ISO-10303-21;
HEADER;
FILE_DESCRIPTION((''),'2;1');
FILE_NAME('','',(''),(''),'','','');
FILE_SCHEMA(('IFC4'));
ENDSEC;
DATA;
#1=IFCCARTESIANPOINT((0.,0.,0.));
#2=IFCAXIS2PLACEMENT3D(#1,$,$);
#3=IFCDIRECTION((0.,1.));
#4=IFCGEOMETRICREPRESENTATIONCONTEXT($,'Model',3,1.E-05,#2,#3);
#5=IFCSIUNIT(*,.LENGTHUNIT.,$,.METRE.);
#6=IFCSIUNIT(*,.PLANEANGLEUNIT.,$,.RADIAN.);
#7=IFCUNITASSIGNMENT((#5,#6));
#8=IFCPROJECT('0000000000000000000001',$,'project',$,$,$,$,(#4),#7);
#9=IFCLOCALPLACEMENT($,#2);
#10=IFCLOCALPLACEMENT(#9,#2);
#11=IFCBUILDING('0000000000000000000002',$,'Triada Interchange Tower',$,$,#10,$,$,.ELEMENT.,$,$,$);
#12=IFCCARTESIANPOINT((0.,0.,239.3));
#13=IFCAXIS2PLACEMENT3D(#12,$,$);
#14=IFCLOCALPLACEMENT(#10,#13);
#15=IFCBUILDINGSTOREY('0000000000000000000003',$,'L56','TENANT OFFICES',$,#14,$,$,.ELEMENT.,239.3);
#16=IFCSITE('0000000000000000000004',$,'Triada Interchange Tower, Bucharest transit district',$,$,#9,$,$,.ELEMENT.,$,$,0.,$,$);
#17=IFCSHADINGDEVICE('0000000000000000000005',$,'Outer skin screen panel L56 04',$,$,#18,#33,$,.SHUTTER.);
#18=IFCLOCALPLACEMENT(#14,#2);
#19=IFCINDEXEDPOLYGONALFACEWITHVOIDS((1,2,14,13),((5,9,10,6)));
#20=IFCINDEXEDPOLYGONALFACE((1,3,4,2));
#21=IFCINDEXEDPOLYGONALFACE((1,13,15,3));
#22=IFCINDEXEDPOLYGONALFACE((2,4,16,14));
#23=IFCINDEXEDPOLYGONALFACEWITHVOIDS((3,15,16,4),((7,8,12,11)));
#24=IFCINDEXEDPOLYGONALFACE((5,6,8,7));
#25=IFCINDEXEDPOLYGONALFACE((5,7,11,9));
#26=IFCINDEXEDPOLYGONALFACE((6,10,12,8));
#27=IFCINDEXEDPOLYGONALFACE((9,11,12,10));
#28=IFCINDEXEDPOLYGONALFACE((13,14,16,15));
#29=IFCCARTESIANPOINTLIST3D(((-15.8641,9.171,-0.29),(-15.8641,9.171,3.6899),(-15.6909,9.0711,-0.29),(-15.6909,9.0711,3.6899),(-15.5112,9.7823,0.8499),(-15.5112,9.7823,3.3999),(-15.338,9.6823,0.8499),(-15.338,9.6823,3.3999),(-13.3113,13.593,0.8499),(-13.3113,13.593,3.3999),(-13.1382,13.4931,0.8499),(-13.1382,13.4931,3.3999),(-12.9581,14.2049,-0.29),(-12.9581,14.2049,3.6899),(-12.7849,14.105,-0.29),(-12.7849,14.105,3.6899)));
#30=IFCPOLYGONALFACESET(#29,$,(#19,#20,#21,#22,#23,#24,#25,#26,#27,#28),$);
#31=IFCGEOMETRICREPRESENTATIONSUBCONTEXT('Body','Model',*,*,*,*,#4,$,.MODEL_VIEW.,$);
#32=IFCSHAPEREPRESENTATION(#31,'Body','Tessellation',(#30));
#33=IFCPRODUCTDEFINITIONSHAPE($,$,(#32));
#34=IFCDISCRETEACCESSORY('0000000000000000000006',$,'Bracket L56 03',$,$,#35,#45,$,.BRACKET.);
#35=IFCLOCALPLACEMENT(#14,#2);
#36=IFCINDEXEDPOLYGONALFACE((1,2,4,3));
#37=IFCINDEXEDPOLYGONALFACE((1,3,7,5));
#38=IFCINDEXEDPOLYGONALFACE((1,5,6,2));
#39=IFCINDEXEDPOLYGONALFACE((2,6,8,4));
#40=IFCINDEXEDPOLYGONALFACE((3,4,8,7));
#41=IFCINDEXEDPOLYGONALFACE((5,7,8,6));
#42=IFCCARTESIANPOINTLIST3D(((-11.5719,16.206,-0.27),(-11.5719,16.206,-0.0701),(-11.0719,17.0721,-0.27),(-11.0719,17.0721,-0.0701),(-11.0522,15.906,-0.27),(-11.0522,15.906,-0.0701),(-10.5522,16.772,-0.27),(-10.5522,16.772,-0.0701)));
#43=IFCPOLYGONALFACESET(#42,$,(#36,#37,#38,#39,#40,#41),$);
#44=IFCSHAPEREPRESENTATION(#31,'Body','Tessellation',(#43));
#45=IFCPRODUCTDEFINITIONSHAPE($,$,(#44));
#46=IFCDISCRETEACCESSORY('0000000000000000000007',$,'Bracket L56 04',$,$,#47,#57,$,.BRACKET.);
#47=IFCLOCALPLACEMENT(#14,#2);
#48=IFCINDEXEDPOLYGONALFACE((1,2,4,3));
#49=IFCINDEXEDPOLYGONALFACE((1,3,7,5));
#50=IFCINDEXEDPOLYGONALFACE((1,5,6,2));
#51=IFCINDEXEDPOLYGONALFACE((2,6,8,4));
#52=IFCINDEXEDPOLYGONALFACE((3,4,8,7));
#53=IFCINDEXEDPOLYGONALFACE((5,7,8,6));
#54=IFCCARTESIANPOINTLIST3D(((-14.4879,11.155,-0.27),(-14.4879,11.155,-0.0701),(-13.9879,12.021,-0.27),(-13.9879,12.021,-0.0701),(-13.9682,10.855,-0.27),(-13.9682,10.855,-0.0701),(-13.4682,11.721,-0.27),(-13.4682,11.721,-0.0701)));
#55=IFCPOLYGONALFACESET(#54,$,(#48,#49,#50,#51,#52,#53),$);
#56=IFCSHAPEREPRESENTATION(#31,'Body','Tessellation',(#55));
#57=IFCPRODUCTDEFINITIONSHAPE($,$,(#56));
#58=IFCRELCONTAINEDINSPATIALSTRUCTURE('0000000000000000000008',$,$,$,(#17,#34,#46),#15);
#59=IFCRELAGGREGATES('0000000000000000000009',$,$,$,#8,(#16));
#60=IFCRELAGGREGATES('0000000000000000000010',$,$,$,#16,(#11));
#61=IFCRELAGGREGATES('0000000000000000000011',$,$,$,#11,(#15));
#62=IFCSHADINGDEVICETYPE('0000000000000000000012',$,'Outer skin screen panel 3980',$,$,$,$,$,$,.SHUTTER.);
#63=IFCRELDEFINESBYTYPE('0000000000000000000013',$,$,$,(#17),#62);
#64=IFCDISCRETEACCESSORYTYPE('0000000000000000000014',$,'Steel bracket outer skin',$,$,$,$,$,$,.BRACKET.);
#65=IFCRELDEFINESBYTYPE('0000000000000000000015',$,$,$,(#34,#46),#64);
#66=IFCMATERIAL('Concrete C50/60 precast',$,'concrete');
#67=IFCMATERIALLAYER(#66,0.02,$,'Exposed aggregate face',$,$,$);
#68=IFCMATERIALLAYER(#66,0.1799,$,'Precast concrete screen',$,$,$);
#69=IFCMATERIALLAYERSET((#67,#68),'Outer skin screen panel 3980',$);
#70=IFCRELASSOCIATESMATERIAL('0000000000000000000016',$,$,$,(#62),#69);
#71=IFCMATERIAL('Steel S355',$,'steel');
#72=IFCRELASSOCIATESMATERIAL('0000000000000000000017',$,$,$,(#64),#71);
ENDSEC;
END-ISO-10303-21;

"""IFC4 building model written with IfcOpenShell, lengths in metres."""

from ifc_helpers import new_model, si_unit, direction, frame, origin, origin_2d, place, context, subcontext, project, spatial, polyline, rectangle, outline, extrude, material, layer, layer_set, type_object, element, save


model = new_model("IFC4")

# Units and contexts
model_context = context("Model", 3, precision=1e-05, world=origin(), true_north=direction((0.0, 1.0)))
body_context = subcontext(model_context, "Body", "Model", "MODEL_VIEW")
ifc_project = project(units=[si_unit("LENGTHUNIT", "METRE"), si_unit("PLANEANGLEUNIT", "RADIAN")], contexts=[model_context])

# Site, building, storey
site_placement = place(None, origin())
site = spatial("IfcSite", under=ifc_project, at=site_placement, Name="Triada Interchange Tower, Bucharest transit district", CompositionType="ELEMENT", RefElevation=0.0)
building_placement = place(site_placement, origin())
building = spatial("IfcBuilding", under=site, at=building_placement, Name="Triada Interchange Tower", CompositionType="ELEMENT")
storey_placement = place(building_placement, frame((0.0, 0.0, 239.3)))
storey = spatial("IfcBuildingStorey", under=building, at=storey_placement, Name="L56", Description="TENANT OFFICES", CompositionType="ELEMENT", Elevation=239.3)

# Shading device
ifc_material_1 = material(Name="Concrete C50/60 precast", Category="concrete")
ifc_layer_1 = layer(ifc_material_1, 0.02, Name="Exposed aggregate face")
ifc_layer_2 = layer(ifc_material_1, 0.1799, Name="Precast concrete screen")
ifc_layer_set_1 = layer_set([ifc_layer_1, ifc_layer_2], Name="Outer skin screen panel 3980")
shading_device_type = type_object("IfcShadingDeviceType", Name="Outer skin screen panel 3980", PredefinedType="SHUTTER", material=ifc_layer_set_1)
shading_device_placement = place(storey_placement, frame((-12.7849, 14.105, -0.29), z_axis=(0.0, 0.0, 1.0), x_axis=(-0.499956, -0.866051, 0.0)))
element("IfcShadingDevice", 1, at=shading_device_placement, inside=storey, type_object=shading_device_type, Name="Outer skin screen panel L56 04", PredefinedType="SHUTTER", context=body_context, shape_type="SweptSolid", body=[
    extrude(outline(polyline([(0.0, 0.0), (5.8125, 0.0), (5.8125, 3.98), (0.0, 3.98), (0.0, 0.0)]), holes=[polyline([(0.7065, 1.1399), (0.7065, 3.6899), (5.1067, 3.6899), (5.1067, 1.1399), (0.7065, 1.1399)])]), frame((0.0, 0.0, 0.0), z_axis=(0.0, -1.0, 0.0), x_axis=(1.0, 0.0, 0.0)), (0.0, 0.0, 1.0), 0.2),
])

# Discrete accessories
ifc_material_2 = material(Name="Steel S355", Category="steel")
discrete_accessory_type = type_object("IfcDiscreteAccessoryType", Name="Steel bracket outer skin", PredefinedType="BRACKET", material=ifc_material_2)
for number, where, z_axis, x_axis, name in (
    (2, (-11.062, 16.489, -0.27), (0.0, 0.0, 1.0), (-0.86603, 0.499991, 0.0), "Bracket L56 03"),
    (3, (-13.978, 11.438, -0.27), (0.0, 0.0, 1.0), (-0.86603, 0.499991, 0.0), "Bracket L56 04"),
):
    element("IfcDiscreteAccessory", number, at=place(storey_placement, frame(where, z_axis=z_axis, x_axis=x_axis)), inside=storey, type_object=discrete_accessory_type, Name=name, PredefinedType="BRACKET", context=body_context, shape_type="SweptSolid", body=[
        extrude(rectangle(XDim=0.6001, YDim=1.0, at=origin_2d()), origin(), (0.0, 0.0, 1.0), 0.2),
    ])

save(model, "model.ifc")
